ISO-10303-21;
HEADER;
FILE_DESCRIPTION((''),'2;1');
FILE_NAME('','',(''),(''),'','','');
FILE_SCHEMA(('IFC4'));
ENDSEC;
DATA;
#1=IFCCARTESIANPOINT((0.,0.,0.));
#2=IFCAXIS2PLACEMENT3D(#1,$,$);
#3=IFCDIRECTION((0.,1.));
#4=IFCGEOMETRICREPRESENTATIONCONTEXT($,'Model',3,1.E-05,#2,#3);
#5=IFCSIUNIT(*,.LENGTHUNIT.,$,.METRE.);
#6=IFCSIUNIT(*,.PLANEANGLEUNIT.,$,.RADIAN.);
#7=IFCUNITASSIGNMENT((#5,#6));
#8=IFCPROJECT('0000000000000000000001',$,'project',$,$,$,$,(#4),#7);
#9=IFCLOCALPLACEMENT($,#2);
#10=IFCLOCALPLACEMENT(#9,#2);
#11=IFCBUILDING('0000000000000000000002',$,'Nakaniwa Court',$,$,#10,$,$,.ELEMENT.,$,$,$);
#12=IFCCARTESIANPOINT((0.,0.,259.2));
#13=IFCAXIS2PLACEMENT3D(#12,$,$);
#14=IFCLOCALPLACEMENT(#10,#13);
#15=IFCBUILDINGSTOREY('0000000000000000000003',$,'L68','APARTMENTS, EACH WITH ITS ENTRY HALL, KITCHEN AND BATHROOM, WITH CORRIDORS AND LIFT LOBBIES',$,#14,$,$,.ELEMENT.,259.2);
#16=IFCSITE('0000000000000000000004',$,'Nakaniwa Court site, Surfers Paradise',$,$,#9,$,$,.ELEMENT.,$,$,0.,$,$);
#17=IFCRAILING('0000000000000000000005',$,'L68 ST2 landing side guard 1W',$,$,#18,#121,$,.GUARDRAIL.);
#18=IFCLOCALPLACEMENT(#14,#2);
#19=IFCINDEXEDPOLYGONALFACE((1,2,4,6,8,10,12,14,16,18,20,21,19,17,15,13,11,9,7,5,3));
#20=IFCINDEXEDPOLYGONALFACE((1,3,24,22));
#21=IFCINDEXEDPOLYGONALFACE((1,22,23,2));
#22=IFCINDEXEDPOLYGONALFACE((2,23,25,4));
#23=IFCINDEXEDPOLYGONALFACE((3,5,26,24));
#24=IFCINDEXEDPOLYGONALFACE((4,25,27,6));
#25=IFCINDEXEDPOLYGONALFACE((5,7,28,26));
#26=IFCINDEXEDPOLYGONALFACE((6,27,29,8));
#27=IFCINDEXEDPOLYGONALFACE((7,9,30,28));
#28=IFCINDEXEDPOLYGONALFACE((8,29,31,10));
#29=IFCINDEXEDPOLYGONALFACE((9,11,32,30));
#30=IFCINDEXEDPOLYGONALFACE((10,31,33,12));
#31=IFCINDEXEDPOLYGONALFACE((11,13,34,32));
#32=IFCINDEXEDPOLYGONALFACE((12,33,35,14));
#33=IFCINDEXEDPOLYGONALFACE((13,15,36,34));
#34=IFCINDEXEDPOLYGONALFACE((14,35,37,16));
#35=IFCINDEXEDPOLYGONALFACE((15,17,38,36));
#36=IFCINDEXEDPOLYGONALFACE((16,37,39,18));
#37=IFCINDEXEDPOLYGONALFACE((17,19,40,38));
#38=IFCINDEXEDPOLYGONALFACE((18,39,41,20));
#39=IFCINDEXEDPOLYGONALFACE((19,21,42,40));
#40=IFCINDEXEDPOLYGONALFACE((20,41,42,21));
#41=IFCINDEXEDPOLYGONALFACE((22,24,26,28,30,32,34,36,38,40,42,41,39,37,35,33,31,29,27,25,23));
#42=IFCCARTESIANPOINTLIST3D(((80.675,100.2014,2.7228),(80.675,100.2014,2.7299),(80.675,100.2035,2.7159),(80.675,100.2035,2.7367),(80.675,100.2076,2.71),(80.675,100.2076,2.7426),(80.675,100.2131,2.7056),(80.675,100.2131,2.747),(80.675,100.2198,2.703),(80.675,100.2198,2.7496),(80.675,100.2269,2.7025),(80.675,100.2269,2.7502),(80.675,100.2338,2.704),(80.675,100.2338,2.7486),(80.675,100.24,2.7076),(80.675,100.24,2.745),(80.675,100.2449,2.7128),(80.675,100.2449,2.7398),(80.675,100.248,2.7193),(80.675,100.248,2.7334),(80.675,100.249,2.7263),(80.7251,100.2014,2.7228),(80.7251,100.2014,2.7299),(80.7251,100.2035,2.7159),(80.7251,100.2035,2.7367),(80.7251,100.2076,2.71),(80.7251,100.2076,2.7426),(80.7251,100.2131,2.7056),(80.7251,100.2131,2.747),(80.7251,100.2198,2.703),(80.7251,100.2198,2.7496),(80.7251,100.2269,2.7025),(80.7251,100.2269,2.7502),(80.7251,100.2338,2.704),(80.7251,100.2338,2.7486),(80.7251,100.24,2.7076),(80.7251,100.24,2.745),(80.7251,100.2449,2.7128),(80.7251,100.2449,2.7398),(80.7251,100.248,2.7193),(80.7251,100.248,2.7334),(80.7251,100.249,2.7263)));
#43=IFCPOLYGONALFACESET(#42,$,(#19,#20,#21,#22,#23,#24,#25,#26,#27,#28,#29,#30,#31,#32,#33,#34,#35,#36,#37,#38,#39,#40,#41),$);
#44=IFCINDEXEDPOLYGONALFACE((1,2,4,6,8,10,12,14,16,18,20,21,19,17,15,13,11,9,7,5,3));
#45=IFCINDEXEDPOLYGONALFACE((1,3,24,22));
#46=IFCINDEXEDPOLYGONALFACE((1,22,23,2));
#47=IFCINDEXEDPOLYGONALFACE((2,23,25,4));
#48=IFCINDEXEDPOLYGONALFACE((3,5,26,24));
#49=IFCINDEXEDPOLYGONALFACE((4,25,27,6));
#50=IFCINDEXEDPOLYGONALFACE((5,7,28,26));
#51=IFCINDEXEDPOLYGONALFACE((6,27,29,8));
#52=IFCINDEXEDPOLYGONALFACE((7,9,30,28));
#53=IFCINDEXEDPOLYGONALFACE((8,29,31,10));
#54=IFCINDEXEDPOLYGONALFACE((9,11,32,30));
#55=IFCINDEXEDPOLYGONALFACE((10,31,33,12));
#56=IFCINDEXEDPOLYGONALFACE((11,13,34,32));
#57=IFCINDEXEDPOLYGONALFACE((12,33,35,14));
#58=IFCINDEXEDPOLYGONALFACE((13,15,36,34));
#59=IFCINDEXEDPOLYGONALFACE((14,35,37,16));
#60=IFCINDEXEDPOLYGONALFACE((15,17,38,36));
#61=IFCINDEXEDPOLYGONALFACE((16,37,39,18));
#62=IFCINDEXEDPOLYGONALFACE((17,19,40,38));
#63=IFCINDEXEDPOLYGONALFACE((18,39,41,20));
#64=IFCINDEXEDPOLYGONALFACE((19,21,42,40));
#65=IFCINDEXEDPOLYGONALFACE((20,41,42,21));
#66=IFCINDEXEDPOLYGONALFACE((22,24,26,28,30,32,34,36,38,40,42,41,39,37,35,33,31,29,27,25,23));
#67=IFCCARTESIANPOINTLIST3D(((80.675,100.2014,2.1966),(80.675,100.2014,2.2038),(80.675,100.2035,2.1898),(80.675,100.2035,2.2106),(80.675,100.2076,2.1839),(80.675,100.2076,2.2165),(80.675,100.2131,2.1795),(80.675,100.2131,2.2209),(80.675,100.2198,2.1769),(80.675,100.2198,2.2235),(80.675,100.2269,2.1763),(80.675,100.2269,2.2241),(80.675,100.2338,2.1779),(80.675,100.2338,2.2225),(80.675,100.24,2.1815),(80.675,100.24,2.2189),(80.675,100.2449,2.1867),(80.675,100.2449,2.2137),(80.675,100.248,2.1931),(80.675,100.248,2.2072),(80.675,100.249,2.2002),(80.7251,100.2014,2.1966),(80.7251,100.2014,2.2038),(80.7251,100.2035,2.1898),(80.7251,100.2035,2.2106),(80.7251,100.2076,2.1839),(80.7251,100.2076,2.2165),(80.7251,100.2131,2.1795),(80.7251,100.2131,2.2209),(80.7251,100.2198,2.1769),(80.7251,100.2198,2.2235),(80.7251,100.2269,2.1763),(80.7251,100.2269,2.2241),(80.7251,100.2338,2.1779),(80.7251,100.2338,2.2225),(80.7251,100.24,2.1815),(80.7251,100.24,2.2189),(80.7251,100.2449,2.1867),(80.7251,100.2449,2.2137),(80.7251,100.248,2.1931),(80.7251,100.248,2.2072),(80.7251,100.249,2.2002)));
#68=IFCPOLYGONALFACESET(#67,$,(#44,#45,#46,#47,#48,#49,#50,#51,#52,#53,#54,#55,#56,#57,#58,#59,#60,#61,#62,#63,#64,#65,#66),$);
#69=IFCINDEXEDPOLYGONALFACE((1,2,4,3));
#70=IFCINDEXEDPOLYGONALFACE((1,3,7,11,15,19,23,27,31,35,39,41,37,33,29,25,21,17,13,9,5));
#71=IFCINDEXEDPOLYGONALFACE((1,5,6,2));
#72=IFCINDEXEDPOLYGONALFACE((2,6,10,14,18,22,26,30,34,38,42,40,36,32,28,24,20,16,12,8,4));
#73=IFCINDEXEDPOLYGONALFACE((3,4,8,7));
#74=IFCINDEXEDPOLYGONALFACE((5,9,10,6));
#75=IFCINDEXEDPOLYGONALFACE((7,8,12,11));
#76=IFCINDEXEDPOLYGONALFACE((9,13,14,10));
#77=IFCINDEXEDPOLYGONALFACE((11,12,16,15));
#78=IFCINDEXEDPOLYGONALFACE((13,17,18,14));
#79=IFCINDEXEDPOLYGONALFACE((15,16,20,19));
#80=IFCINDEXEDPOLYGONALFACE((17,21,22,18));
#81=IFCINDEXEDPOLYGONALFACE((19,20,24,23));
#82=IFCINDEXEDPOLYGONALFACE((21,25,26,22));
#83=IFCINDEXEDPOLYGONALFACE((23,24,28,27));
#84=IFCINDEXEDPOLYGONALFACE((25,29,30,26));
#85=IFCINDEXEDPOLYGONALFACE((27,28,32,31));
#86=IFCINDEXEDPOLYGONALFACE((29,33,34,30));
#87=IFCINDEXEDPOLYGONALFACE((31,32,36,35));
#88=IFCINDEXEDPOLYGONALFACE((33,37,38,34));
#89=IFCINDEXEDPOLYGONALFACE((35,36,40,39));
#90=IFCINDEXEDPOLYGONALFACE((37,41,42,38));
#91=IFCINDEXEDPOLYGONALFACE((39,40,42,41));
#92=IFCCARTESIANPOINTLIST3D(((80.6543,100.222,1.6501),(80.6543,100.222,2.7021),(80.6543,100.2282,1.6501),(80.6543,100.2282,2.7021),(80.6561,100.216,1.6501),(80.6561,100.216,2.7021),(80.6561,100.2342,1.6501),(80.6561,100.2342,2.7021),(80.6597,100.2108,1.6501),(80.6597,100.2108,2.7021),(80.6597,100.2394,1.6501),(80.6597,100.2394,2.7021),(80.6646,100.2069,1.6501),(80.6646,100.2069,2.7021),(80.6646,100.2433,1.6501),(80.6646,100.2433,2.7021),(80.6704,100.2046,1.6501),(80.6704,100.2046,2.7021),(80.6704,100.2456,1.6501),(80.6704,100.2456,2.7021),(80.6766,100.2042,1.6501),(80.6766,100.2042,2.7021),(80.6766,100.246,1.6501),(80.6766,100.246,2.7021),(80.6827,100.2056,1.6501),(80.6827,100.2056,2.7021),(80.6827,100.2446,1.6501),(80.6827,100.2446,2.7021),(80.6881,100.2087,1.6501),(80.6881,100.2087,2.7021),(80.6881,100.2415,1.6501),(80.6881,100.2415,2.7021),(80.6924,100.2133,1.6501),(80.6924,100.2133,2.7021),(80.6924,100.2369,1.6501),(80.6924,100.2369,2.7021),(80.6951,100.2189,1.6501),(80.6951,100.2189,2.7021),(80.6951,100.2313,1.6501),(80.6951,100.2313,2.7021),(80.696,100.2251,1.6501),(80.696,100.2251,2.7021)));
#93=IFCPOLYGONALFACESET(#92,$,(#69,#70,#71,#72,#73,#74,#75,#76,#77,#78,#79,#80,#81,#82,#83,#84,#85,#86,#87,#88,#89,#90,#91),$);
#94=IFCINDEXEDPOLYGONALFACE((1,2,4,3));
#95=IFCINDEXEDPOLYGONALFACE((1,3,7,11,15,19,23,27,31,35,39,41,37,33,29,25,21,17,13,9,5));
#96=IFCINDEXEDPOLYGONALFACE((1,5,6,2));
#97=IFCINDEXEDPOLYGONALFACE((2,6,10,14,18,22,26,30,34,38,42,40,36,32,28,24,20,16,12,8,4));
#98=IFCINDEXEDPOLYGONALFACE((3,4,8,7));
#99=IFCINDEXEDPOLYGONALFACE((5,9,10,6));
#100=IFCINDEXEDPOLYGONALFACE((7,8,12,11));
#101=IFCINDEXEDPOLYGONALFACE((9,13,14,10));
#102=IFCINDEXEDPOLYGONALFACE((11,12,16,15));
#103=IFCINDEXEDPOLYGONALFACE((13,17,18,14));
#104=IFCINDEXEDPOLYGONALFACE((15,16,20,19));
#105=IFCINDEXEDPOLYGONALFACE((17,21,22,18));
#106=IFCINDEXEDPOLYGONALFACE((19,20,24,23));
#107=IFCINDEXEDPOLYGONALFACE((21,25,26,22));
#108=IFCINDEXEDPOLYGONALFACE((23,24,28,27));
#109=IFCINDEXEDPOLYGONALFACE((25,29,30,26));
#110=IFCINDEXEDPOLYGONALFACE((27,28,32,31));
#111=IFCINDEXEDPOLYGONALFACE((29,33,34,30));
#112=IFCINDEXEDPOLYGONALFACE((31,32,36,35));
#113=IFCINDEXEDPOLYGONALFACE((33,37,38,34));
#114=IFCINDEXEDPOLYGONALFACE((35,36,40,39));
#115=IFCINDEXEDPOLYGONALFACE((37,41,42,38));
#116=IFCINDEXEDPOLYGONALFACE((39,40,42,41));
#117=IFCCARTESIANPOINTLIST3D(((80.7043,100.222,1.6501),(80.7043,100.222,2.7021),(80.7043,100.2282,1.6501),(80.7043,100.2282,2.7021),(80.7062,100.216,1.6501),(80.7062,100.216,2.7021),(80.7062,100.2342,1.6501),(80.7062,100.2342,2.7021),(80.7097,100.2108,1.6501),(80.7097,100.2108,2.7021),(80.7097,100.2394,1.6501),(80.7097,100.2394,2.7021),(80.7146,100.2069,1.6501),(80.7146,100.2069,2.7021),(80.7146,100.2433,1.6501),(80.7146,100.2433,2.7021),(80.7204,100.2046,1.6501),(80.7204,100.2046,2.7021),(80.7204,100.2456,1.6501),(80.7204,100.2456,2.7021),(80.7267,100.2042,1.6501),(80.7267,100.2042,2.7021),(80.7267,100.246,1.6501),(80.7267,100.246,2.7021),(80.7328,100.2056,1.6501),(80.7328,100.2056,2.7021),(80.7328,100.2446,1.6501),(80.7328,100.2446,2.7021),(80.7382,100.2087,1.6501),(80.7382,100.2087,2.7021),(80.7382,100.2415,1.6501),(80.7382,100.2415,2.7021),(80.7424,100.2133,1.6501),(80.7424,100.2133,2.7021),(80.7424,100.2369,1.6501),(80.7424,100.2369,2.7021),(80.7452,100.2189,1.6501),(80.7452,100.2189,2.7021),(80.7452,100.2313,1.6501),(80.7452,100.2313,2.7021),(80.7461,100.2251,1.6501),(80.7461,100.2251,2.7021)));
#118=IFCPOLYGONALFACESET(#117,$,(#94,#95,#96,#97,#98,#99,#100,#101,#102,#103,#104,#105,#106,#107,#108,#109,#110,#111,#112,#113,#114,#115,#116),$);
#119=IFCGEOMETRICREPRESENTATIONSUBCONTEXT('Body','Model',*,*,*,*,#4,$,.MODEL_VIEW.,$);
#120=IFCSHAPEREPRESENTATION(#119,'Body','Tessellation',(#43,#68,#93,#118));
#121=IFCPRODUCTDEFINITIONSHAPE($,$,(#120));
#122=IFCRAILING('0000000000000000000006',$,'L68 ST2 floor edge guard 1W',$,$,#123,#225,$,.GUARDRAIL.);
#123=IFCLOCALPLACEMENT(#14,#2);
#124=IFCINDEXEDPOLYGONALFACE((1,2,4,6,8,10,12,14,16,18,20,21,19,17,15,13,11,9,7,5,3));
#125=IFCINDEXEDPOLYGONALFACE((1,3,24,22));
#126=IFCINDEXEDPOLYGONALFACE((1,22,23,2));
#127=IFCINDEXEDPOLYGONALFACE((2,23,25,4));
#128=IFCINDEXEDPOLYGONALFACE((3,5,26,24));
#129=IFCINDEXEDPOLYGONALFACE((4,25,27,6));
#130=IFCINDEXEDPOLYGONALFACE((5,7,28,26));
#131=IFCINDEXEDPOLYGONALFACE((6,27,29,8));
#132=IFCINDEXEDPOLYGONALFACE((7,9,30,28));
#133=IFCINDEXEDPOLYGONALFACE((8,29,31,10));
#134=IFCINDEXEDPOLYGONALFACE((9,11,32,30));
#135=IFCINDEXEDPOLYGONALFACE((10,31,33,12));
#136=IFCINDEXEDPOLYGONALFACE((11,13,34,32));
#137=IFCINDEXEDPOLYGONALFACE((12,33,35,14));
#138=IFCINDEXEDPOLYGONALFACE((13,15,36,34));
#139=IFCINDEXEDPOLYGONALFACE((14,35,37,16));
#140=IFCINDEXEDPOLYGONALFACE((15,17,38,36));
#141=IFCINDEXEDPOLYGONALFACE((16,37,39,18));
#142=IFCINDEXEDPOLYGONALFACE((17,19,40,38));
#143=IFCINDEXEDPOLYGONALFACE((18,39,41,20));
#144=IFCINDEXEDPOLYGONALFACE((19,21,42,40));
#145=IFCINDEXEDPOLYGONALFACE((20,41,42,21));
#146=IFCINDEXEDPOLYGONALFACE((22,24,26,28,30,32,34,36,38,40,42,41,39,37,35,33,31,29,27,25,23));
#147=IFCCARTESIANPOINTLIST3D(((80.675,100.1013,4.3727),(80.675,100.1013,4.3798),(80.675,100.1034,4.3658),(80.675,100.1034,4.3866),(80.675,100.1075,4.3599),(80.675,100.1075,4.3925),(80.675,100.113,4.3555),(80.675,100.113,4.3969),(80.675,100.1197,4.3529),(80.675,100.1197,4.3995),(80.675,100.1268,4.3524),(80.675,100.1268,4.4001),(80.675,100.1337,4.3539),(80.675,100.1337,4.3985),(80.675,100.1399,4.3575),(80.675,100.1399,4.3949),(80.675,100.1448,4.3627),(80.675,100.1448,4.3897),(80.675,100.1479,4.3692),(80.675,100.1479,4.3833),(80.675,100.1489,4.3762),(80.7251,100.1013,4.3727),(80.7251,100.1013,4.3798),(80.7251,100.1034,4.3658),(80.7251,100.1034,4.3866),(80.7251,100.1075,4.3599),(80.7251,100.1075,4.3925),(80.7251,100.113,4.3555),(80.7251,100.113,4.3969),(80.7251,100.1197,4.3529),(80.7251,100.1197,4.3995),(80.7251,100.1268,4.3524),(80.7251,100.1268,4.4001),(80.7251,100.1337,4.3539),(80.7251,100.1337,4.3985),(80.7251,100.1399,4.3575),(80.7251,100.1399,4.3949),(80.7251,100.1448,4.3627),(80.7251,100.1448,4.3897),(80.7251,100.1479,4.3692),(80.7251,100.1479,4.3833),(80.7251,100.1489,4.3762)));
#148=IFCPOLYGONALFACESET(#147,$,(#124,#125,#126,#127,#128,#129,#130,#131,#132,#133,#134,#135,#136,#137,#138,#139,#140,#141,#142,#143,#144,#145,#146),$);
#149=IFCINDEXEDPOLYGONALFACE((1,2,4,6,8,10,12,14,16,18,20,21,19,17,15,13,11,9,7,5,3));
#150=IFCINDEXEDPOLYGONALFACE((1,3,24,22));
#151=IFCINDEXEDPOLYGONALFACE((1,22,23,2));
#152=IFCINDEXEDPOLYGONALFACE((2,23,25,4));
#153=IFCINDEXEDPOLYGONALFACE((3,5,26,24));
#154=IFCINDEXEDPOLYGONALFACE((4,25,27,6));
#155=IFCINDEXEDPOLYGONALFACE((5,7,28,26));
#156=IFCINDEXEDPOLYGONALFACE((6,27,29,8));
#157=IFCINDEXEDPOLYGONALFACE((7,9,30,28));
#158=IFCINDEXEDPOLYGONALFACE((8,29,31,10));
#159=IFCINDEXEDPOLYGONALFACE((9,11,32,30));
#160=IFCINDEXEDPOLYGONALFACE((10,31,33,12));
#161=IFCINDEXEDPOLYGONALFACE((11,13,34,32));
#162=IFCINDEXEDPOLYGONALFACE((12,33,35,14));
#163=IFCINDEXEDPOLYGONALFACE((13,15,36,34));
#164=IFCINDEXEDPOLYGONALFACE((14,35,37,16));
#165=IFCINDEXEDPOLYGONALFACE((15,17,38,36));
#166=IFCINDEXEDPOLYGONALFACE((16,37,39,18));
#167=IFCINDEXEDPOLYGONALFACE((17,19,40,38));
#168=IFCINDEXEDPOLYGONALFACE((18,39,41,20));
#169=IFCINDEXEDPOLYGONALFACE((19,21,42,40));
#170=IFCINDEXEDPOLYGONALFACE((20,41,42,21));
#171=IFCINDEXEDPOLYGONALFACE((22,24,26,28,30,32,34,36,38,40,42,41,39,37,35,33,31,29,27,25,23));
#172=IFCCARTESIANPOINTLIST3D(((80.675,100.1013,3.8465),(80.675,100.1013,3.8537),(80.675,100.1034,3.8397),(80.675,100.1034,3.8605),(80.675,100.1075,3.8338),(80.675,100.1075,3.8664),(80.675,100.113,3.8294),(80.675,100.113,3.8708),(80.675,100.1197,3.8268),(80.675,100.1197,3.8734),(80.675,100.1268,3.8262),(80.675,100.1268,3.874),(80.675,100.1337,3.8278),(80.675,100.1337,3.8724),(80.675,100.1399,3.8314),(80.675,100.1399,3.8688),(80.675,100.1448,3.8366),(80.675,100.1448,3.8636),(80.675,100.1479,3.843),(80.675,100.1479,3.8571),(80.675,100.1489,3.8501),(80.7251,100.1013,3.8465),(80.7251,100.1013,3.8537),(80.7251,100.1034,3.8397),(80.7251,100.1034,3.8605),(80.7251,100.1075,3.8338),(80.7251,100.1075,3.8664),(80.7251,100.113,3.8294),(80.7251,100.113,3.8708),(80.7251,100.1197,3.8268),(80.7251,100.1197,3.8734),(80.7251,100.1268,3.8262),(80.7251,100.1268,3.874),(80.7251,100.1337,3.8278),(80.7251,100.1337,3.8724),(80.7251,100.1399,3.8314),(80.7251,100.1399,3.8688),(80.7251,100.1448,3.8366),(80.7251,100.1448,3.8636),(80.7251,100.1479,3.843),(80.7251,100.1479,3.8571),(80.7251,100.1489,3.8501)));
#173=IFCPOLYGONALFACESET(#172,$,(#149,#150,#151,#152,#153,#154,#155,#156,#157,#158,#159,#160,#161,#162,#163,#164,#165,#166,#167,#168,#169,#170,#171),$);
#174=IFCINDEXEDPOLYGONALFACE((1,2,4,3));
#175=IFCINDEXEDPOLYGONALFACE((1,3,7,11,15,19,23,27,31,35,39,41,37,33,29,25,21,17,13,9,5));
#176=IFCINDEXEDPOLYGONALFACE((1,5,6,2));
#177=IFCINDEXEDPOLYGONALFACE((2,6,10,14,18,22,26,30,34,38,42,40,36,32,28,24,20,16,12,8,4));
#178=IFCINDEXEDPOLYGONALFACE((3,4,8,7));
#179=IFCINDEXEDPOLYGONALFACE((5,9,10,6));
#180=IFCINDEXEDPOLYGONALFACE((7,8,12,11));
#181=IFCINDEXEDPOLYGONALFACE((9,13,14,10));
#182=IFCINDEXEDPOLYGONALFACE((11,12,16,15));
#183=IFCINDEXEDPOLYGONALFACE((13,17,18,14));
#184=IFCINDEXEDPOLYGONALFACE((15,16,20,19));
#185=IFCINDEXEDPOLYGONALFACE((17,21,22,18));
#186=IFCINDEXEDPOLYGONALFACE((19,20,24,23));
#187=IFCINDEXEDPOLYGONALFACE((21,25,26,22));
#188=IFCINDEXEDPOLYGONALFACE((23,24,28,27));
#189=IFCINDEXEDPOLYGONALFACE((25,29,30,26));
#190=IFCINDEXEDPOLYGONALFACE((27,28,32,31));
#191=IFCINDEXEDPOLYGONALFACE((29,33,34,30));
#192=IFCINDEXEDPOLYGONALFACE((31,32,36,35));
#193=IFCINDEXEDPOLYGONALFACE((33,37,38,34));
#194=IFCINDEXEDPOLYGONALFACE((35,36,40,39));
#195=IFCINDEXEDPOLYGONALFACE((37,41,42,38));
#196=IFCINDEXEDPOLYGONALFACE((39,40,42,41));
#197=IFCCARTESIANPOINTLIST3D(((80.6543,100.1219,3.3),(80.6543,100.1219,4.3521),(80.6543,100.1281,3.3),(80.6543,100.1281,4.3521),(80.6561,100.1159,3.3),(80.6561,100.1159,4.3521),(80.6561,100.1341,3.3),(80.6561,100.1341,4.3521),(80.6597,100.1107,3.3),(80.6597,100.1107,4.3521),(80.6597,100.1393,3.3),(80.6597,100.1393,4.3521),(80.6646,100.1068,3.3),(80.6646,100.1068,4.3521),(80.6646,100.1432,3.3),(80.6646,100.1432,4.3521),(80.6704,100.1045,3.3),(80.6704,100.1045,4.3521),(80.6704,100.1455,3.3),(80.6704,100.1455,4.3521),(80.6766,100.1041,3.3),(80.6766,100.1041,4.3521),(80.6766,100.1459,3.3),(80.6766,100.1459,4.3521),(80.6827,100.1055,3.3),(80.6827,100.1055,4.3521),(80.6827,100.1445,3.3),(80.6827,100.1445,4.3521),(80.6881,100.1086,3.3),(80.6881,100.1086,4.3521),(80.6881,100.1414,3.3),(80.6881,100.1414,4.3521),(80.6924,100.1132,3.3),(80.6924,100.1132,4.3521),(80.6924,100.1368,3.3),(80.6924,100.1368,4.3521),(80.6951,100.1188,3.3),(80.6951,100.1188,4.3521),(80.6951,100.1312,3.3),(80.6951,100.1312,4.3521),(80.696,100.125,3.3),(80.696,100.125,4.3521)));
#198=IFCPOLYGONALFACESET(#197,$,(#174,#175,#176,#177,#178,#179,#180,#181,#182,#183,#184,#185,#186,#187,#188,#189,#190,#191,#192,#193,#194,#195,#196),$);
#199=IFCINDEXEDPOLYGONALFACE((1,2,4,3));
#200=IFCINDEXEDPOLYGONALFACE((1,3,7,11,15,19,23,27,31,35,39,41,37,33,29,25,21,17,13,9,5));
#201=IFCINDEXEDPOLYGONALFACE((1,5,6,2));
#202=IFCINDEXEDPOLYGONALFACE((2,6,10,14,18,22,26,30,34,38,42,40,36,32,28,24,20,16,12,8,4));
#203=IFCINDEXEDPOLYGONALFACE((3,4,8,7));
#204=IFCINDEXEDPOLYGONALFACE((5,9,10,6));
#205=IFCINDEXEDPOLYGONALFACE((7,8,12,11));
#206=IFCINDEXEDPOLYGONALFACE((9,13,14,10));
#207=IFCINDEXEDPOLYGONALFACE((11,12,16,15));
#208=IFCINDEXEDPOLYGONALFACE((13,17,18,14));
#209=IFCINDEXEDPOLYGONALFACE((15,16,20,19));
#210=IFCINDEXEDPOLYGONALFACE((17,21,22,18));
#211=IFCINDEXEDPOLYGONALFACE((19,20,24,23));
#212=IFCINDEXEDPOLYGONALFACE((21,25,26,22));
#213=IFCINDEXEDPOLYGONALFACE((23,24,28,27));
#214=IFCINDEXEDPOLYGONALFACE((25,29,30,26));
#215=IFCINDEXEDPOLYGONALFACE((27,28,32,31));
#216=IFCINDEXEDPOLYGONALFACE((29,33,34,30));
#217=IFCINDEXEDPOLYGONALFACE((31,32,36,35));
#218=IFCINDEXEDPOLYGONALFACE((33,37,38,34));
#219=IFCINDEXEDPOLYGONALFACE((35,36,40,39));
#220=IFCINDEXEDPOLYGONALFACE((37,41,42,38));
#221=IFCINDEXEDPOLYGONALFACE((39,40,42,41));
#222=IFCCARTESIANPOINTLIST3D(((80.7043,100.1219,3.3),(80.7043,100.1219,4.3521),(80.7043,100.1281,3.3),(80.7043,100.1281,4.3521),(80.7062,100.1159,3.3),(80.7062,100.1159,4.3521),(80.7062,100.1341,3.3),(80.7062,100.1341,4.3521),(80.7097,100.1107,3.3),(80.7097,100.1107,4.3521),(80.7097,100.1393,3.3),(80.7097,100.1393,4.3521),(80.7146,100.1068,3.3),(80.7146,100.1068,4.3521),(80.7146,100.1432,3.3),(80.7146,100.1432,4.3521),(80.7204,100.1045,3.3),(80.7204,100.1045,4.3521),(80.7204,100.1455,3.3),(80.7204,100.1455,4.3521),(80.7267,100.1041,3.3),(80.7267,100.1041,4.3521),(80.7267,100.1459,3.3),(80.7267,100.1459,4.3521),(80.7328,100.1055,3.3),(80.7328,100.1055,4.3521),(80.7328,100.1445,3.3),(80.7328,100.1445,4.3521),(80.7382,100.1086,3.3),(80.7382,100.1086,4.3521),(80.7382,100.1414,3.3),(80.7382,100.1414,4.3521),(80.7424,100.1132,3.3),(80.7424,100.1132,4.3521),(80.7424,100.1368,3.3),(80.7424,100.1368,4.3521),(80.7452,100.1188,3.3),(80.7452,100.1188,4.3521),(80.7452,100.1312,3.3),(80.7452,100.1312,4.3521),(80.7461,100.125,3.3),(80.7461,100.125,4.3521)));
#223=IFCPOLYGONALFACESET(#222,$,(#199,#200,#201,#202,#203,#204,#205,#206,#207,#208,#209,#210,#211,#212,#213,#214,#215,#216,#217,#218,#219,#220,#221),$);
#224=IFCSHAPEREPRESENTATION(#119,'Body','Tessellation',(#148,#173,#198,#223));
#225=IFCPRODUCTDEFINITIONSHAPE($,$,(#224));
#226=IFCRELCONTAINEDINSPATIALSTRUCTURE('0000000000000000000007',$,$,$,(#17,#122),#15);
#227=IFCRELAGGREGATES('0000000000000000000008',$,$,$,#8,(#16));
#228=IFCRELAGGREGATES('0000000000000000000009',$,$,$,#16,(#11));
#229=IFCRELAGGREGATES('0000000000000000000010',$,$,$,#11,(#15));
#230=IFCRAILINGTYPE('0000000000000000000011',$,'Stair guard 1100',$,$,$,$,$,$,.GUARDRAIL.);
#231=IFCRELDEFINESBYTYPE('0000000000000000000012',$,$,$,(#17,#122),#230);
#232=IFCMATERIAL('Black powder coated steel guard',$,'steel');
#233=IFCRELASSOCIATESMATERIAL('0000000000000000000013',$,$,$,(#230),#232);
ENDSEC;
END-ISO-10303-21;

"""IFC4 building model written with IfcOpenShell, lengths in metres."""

from ifc_helpers import new_model, si_unit, direction, frame, origin, origin_2d, place, context, subcontext, project, spatial, circle, extrude, material, type_object, element, save


model = new_model("IFC4")

# Units and contexts
model_context = context("Model", 3, precision=1e-05, world=origin(), true_north=direction((0.0, 1.0)))
body_context = subcontext(model_context, "Body", "Model", "MODEL_VIEW")
ifc_project = project(units=[si_unit("LENGTHUNIT", "METRE"), si_unit("PLANEANGLEUNIT", "RADIAN")], contexts=[model_context])

# Site, building, storey
site_placement = place(None, origin())
site = spatial("IfcSite", under=ifc_project, at=site_placement, Name="Nakaniwa Court site, Surfers Paradise", CompositionType="ELEMENT", RefElevation=0.0)
building_placement = place(site_placement, origin())
building = spatial("IfcBuilding", under=site, at=building_placement, Name="Nakaniwa Court", CompositionType="ELEMENT")
storey_placement = place(building_placement, frame((0.0, 0.0, 259.2)))
storey = spatial("IfcBuildingStorey", under=building, at=storey_placement, Name="L68", Description="APARTMENTS, EACH WITH ITS ENTRY HALL, KITCHEN AND BATHROOM, WITH CORRIDORS AND LIFT LOBBIES", CompositionType="ELEMENT", Elevation=259.2)

# Railings
ifc_material_1 = material(Name="Black powder coated steel guard", Category="steel")
railing_type_1 = type_object("IfcRailingType", Name="Stair guard 1100", PredefinedType="GUARDRAIL", material=ifc_material_1)
for number, where, name in (
    (1, (80.675, 100.2251, 1.6501), "L68 ST2 landing side guard 1W"),
    (2, (80.675, 100.125, 3.3), "L68 ST2 floor edge guard 1W"),
):
    element("IfcRailing", number, at=place(storey_placement, frame(where)), inside=storey, type_object=railing_type_1, Name=name, PredefinedType="GUARDRAIL", context=body_context, shape_type="SweptSolid", body=[
        extrude(circle(Radius=0.0239, at=origin_2d()), frame((0.0, 0.0, 1.0762), z_axis=(1.0, 0.0, 0.0), x_axis=(0.0, 1.0, 0.0)), (0.0, 0.0, 1.0), 0.05),
        extrude(circle(Radius=0.0239, at=origin_2d()), frame((0.0, 0.0, 0.55), z_axis=(1.0, 0.0, 0.0), x_axis=(0.0, 1.0, 0.0)), (0.0, 0.0, 1.0), 0.05),
        extrude(circle(Radius=0.021, at=origin_2d()), origin(), (0.0, 0.0, 1.0), 1.052),
        extrude(circle(Radius=0.021, at=origin_2d()), frame((0.05, 0.0, 0.0)), (0.0, 0.0, 1.0), 1.052),
    ])

save(model, "model.ifc")
